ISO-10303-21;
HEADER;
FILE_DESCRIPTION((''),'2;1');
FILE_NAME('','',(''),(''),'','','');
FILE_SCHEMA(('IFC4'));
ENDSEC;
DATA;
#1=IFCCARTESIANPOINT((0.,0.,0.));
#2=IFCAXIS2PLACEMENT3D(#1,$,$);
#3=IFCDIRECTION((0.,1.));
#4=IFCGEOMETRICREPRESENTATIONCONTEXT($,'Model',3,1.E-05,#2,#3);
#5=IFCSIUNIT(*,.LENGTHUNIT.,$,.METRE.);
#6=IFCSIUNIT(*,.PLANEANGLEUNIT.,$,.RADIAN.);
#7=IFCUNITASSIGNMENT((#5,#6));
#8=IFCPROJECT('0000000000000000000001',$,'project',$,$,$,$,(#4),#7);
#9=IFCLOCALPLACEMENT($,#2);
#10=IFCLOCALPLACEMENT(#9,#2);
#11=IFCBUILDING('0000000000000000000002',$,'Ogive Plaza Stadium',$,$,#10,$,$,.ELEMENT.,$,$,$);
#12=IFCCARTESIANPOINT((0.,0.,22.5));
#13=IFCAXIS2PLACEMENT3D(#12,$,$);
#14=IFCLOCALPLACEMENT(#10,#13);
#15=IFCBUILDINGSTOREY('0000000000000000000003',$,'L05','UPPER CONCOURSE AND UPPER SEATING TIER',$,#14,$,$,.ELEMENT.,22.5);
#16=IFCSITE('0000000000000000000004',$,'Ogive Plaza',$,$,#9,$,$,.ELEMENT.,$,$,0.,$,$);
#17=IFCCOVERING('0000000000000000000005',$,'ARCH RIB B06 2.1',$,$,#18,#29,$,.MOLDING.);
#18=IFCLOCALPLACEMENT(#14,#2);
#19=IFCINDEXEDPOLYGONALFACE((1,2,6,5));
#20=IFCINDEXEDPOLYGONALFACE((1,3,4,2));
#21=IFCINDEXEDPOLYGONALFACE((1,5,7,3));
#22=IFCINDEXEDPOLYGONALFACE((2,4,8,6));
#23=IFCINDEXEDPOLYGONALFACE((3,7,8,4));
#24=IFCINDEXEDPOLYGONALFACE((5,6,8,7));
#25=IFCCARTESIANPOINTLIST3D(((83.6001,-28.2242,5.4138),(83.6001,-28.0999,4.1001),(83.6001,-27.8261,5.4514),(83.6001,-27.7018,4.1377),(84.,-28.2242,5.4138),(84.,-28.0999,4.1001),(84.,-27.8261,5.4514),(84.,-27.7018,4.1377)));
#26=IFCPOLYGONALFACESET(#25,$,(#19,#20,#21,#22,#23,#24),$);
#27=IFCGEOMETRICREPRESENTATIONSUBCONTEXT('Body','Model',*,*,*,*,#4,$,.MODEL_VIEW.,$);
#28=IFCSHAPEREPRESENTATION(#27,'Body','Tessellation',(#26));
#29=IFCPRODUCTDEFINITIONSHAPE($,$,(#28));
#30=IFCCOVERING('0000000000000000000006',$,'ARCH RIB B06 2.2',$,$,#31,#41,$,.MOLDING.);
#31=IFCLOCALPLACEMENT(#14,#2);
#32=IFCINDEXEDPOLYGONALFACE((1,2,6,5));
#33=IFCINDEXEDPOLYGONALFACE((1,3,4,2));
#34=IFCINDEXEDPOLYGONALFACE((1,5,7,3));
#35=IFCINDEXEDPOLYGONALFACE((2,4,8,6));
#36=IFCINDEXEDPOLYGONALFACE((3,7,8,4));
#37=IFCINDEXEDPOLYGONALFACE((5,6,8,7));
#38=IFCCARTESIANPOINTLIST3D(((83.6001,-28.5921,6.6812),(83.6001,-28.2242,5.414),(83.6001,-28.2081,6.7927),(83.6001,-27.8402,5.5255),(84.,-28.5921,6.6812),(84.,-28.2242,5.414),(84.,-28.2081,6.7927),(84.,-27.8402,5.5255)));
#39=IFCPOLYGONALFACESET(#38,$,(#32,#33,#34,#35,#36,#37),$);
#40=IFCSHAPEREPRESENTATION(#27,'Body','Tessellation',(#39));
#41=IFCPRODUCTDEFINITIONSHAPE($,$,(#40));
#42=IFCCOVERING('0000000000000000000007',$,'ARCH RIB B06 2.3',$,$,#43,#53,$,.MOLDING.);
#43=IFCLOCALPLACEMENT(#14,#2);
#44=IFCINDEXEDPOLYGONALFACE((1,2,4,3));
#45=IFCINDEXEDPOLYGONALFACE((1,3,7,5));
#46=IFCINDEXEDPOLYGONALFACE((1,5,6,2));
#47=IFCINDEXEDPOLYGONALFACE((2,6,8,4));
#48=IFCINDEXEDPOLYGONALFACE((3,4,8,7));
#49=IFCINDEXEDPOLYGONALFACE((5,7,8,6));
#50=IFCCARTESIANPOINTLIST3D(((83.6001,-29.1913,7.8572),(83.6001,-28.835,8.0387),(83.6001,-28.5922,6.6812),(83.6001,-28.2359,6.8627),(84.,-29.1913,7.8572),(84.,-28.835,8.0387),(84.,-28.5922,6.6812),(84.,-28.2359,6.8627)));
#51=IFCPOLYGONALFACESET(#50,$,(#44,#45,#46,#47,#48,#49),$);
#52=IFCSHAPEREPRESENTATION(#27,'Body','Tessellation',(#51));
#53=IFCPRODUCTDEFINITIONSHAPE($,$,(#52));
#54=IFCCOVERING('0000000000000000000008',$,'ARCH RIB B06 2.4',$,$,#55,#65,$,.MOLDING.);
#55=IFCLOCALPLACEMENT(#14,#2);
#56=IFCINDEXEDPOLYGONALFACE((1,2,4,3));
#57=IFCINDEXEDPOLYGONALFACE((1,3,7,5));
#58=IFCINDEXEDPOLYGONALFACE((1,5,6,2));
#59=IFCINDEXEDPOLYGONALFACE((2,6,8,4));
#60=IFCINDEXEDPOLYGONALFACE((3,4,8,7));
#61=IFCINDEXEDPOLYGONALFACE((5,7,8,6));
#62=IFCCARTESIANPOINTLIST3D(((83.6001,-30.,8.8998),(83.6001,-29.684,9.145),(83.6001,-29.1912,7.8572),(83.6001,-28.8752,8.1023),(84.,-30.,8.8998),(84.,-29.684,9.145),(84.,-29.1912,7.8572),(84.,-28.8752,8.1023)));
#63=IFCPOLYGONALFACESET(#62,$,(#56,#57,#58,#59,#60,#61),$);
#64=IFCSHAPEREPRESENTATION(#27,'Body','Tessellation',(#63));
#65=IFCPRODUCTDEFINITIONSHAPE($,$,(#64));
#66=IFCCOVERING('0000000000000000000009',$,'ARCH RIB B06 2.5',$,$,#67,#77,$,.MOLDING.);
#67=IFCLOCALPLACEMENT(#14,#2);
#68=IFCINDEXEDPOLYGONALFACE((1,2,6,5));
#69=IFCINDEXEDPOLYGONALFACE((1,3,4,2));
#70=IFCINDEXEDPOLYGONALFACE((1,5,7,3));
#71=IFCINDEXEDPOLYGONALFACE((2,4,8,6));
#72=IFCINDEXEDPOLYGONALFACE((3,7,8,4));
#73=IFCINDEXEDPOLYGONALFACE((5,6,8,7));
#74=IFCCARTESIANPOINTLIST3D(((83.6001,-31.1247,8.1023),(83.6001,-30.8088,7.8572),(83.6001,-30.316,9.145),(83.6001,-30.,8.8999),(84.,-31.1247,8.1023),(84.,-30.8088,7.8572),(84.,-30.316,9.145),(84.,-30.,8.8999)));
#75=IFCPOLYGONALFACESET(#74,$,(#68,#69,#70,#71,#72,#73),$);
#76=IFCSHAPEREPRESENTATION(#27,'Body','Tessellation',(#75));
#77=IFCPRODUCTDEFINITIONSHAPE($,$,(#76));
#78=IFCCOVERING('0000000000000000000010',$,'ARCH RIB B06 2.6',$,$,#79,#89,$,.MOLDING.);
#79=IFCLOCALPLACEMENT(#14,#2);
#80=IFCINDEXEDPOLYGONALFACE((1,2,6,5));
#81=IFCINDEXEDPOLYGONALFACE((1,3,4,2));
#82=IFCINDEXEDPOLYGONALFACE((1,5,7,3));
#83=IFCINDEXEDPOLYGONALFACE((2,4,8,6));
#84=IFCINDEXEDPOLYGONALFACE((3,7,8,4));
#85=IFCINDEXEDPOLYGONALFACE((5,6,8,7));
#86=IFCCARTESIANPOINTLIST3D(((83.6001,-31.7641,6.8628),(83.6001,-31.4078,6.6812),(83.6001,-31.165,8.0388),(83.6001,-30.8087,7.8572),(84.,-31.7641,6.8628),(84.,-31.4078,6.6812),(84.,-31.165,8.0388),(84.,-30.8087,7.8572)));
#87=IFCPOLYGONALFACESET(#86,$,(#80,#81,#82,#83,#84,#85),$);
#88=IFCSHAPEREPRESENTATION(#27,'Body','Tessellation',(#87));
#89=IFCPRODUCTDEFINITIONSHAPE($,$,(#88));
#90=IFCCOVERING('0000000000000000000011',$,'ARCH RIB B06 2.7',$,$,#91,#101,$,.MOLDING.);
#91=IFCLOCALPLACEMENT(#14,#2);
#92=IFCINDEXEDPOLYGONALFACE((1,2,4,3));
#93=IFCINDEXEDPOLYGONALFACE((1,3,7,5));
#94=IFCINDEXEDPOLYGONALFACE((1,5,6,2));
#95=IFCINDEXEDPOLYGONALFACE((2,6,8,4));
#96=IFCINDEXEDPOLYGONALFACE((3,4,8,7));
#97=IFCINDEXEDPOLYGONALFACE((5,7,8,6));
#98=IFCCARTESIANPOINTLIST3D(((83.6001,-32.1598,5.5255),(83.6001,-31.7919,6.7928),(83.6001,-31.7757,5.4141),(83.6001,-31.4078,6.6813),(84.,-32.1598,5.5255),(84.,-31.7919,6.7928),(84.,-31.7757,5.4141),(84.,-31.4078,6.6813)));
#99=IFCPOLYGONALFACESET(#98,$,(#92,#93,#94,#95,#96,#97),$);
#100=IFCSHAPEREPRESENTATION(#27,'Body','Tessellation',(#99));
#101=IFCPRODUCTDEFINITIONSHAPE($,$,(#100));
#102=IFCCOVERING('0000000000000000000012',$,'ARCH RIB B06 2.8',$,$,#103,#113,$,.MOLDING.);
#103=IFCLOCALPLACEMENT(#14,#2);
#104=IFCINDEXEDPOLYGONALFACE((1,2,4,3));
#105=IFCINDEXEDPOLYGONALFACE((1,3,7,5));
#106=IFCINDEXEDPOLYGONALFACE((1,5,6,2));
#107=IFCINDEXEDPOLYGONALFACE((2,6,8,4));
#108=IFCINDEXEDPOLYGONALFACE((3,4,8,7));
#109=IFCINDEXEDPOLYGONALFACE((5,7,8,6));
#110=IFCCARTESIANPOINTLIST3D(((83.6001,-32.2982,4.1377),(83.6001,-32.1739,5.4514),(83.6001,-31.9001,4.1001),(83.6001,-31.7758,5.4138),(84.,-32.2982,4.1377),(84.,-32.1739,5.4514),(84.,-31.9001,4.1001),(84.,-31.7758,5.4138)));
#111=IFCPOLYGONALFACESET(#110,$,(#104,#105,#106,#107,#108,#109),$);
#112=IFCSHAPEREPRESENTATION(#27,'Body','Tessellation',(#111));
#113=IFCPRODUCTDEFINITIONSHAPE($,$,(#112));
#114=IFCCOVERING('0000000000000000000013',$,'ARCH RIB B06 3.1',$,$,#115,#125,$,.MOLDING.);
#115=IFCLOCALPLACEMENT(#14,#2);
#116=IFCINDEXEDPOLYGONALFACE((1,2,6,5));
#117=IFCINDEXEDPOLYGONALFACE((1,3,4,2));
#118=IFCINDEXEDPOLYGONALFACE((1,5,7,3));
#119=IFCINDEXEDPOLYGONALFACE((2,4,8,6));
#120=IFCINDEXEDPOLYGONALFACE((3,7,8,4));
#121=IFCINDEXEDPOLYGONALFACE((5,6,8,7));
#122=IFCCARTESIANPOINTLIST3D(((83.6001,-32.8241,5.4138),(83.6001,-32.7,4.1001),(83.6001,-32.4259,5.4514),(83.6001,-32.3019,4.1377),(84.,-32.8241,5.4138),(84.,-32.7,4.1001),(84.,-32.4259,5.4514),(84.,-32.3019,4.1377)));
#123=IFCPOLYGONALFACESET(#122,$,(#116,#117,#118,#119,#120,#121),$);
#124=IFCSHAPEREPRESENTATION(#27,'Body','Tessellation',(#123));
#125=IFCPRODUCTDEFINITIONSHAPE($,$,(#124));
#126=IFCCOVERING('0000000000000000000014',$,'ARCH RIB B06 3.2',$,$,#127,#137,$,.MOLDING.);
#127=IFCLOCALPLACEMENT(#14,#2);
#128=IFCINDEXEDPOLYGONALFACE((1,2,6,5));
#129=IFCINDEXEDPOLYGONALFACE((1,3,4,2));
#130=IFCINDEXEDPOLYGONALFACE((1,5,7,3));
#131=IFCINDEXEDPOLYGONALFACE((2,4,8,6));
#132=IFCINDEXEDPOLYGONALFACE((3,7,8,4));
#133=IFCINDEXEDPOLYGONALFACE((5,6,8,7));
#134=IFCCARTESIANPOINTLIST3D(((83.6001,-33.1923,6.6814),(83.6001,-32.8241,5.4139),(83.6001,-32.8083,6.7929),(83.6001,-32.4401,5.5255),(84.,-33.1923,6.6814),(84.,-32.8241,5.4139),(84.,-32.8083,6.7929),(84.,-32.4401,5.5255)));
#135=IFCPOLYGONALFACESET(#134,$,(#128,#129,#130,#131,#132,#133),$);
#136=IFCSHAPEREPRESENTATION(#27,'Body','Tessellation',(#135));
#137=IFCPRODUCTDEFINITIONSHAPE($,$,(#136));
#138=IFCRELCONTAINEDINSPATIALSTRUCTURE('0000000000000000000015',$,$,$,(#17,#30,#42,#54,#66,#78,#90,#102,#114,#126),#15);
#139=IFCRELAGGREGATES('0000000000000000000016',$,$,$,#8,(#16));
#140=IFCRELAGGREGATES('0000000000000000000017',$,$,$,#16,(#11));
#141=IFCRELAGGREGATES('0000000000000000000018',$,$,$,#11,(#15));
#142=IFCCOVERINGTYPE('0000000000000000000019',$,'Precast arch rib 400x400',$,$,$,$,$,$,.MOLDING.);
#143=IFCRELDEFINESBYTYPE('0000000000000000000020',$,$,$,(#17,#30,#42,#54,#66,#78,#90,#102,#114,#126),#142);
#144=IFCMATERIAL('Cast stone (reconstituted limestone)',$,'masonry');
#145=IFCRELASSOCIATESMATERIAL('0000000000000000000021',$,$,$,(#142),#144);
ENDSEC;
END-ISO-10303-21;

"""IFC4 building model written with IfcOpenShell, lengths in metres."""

from ifc_helpers import new_model, si_unit, direction, frame, origin, origin_2d, place, context, subcontext, project, spatial, rectangle, extrude, material, material_profile, profile_set, type_object, element, save


model = new_model("IFC4")

# Units and contexts
model_context = context("Model", 3, precision=1e-05, world=origin(), true_north=direction((0.0, 1.0)))
body_context = subcontext(model_context, "Body", "Model", "MODEL_VIEW")
ifc_project = project(units=[si_unit("LENGTHUNIT", "METRE"), si_unit("PLANEANGLEUNIT", "RADIAN")], contexts=[model_context])

# Site, building, storey
site_placement = place(None, origin())
site = spatial("IfcSite", under=ifc_project, at=site_placement, Name="Ogive Plaza", CompositionType="ELEMENT", RefElevation=0.0)
building_placement = place(site_placement, origin())
building = spatial("IfcBuilding", under=site, at=building_placement, Name="Ogive Plaza Stadium", CompositionType="ELEMENT")
storey_placement = place(building_placement, frame((0.0, 0.0, 22.5)))
storey = spatial("IfcBuildingStorey", under=building, at=storey_placement, Name="L05", Description="UPPER CONCOURSE AND UPPER SEATING TIER", CompositionType="ELEMENT", Elevation=22.5)

# Coverings
ifc_material_1 = material(Name="Cast stone (reconstituted limestone)", Category="masonry")
ifc_material_profile_1 = material_profile(ifc_material_1, rectangle(XDim=0.3999, YDim=0.3999, at=origin_2d()), Name="Cast stone 400x400")
ifc_profile_set_1 = profile_set([ifc_material_profile_1], Name="Cast stone (reconstituted limestone)")
covering_type = type_object("IfcCoveringType", Name="Precast arch rib 400x400", PredefinedType="MOLDING", material=ifc_profile_set_1)
for number, where, z_axis, x_axis, name in (
    (1, (83.8, -27.9009, 4.1189), (0.0, -0.094172, 0.995556), (1.0, 0.0, 0.0), "ARCH RIB B06 2.1"),
    (2, (83.8, -28.0322, 5.4697), (0.0, -0.278799, 0.960349), (1.0, 0.0, 0.0), "ARCH RIB B06 2.2"),
):
    element("IfcCovering", number, at=place(storey_placement, frame(where, z_axis=z_axis, x_axis=x_axis)), inside=storey, type_object=covering_type, Name=name, PredefinedType="MOLDING", context=body_context, shape_type="SweptSolid", body=[
        extrude(rectangle(XDim=0.3999, YDim=0.3999, at=origin_2d()), origin(), (0.0, 0.0, 1.0), 1.3196),
    ])
covering_1_placement = place(storey_placement, frame((83.8, -28.4141, 6.772), z_axis=(0.0, -0.453934, 0.891035), x_axis=(1.0, 0.0, 0.0)))
element("IfcCovering", 3, at=covering_1_placement, inside=storey, type_object=covering_type, Name="ARCH RIB B06 2.3", PredefinedType="MOLDING", context=body_context, shape_type="SweptSolid", body=[
    extrude(rectangle(XDim=0.3999, YDim=0.3999, at=origin_2d()), origin(), (0.0, 0.0, 1.0), 1.3198),
])
for number, where, z_axis, x_axis, name in (
    (4, (83.8, -29.0332, 7.9797), (0.0, -0.612915, 0.790148), (1.0, 0.0, 0.0), "ARCH RIB B06 2.4"),
    (5, (83.8, -30.158, 9.0225), (0.0, -0.612915, -0.790148), (1.0, 0.0, 0.0), "ARCH RIB B06 2.5"),
):
    element("IfcCovering", number, at=place(storey_placement, frame(where, z_axis=z_axis, x_axis=x_axis)), inside=storey, type_object=covering_type, Name=name, PredefinedType="MOLDING", context=body_context, shape_type="SweptSolid", body=[
        extrude(rectangle(XDim=0.3999, YDim=0.3999, at=origin_2d()), origin(), (0.0, 0.0, 1.0), 1.3196),
    ])
covering_2_placement = place(storey_placement, frame((83.8, -30.9868, 7.948), z_axis=(0.0, -0.453934, -0.891035), x_axis=(1.0, 0.0, 0.0)))
element("IfcCovering", 6, at=covering_2_placement, inside=storey, type_object=covering_type, Name="ARCH RIB B06 2.6", PredefinedType="MOLDING", context=body_context, shape_type="SweptSolid", body=[
    extrude(rectangle(XDim=0.3999, YDim=0.3999, at=origin_2d()), origin(), (0.0, 0.0, 1.0), 1.3198),
])
for number, where, z_axis, x_axis, name in (
    (7, (83.8, -31.5999, 6.7371), (0.0, -0.278799, -0.960349), (1.0, 0.0, 0.0), "ARCH RIB B06 2.7"),
    (8, (83.8, -31.9749, 5.4326), (0.0, -0.094172, -0.995556), (1.0, 0.0, 0.0), "ARCH RIB B06 2.8"),
    (9, (83.8, -32.501, 4.1189), (0.0, -0.093988, 0.995573), (1.0, 0.0, 0.0), "ARCH RIB B06 3.1"),
):
    element("IfcCovering", number, at=place(storey_placement, frame(where, z_axis=z_axis, x_axis=x_axis)), inside=storey, type_object=covering_type, Name=name, PredefinedType="MOLDING", context=body_context, shape_type="SweptSolid", body=[
        extrude(rectangle(XDim=0.3999, YDim=0.3999, at=origin_2d()), origin(), (0.0, 0.0, 1.0), 1.3196),
    ])
covering_3_placement = place(storey_placement, frame((83.8, -32.6321, 5.4697), z_axis=(0.0, -0.27897, 0.9603), x_axis=(1.0, 0.0, 0.0)))
element("IfcCovering", 10, at=covering_3_placement, inside=storey, type_object=covering_type, Name="ARCH RIB B06 3.2", PredefinedType="MOLDING", context=body_context, shape_type="SweptSolid", body=[
    extrude(rectangle(XDim=0.3999, YDim=0.3999, at=origin_2d()), origin(), (0.0, 0.0, 1.0), 1.3198),
])

save(model, "model.ifc")
